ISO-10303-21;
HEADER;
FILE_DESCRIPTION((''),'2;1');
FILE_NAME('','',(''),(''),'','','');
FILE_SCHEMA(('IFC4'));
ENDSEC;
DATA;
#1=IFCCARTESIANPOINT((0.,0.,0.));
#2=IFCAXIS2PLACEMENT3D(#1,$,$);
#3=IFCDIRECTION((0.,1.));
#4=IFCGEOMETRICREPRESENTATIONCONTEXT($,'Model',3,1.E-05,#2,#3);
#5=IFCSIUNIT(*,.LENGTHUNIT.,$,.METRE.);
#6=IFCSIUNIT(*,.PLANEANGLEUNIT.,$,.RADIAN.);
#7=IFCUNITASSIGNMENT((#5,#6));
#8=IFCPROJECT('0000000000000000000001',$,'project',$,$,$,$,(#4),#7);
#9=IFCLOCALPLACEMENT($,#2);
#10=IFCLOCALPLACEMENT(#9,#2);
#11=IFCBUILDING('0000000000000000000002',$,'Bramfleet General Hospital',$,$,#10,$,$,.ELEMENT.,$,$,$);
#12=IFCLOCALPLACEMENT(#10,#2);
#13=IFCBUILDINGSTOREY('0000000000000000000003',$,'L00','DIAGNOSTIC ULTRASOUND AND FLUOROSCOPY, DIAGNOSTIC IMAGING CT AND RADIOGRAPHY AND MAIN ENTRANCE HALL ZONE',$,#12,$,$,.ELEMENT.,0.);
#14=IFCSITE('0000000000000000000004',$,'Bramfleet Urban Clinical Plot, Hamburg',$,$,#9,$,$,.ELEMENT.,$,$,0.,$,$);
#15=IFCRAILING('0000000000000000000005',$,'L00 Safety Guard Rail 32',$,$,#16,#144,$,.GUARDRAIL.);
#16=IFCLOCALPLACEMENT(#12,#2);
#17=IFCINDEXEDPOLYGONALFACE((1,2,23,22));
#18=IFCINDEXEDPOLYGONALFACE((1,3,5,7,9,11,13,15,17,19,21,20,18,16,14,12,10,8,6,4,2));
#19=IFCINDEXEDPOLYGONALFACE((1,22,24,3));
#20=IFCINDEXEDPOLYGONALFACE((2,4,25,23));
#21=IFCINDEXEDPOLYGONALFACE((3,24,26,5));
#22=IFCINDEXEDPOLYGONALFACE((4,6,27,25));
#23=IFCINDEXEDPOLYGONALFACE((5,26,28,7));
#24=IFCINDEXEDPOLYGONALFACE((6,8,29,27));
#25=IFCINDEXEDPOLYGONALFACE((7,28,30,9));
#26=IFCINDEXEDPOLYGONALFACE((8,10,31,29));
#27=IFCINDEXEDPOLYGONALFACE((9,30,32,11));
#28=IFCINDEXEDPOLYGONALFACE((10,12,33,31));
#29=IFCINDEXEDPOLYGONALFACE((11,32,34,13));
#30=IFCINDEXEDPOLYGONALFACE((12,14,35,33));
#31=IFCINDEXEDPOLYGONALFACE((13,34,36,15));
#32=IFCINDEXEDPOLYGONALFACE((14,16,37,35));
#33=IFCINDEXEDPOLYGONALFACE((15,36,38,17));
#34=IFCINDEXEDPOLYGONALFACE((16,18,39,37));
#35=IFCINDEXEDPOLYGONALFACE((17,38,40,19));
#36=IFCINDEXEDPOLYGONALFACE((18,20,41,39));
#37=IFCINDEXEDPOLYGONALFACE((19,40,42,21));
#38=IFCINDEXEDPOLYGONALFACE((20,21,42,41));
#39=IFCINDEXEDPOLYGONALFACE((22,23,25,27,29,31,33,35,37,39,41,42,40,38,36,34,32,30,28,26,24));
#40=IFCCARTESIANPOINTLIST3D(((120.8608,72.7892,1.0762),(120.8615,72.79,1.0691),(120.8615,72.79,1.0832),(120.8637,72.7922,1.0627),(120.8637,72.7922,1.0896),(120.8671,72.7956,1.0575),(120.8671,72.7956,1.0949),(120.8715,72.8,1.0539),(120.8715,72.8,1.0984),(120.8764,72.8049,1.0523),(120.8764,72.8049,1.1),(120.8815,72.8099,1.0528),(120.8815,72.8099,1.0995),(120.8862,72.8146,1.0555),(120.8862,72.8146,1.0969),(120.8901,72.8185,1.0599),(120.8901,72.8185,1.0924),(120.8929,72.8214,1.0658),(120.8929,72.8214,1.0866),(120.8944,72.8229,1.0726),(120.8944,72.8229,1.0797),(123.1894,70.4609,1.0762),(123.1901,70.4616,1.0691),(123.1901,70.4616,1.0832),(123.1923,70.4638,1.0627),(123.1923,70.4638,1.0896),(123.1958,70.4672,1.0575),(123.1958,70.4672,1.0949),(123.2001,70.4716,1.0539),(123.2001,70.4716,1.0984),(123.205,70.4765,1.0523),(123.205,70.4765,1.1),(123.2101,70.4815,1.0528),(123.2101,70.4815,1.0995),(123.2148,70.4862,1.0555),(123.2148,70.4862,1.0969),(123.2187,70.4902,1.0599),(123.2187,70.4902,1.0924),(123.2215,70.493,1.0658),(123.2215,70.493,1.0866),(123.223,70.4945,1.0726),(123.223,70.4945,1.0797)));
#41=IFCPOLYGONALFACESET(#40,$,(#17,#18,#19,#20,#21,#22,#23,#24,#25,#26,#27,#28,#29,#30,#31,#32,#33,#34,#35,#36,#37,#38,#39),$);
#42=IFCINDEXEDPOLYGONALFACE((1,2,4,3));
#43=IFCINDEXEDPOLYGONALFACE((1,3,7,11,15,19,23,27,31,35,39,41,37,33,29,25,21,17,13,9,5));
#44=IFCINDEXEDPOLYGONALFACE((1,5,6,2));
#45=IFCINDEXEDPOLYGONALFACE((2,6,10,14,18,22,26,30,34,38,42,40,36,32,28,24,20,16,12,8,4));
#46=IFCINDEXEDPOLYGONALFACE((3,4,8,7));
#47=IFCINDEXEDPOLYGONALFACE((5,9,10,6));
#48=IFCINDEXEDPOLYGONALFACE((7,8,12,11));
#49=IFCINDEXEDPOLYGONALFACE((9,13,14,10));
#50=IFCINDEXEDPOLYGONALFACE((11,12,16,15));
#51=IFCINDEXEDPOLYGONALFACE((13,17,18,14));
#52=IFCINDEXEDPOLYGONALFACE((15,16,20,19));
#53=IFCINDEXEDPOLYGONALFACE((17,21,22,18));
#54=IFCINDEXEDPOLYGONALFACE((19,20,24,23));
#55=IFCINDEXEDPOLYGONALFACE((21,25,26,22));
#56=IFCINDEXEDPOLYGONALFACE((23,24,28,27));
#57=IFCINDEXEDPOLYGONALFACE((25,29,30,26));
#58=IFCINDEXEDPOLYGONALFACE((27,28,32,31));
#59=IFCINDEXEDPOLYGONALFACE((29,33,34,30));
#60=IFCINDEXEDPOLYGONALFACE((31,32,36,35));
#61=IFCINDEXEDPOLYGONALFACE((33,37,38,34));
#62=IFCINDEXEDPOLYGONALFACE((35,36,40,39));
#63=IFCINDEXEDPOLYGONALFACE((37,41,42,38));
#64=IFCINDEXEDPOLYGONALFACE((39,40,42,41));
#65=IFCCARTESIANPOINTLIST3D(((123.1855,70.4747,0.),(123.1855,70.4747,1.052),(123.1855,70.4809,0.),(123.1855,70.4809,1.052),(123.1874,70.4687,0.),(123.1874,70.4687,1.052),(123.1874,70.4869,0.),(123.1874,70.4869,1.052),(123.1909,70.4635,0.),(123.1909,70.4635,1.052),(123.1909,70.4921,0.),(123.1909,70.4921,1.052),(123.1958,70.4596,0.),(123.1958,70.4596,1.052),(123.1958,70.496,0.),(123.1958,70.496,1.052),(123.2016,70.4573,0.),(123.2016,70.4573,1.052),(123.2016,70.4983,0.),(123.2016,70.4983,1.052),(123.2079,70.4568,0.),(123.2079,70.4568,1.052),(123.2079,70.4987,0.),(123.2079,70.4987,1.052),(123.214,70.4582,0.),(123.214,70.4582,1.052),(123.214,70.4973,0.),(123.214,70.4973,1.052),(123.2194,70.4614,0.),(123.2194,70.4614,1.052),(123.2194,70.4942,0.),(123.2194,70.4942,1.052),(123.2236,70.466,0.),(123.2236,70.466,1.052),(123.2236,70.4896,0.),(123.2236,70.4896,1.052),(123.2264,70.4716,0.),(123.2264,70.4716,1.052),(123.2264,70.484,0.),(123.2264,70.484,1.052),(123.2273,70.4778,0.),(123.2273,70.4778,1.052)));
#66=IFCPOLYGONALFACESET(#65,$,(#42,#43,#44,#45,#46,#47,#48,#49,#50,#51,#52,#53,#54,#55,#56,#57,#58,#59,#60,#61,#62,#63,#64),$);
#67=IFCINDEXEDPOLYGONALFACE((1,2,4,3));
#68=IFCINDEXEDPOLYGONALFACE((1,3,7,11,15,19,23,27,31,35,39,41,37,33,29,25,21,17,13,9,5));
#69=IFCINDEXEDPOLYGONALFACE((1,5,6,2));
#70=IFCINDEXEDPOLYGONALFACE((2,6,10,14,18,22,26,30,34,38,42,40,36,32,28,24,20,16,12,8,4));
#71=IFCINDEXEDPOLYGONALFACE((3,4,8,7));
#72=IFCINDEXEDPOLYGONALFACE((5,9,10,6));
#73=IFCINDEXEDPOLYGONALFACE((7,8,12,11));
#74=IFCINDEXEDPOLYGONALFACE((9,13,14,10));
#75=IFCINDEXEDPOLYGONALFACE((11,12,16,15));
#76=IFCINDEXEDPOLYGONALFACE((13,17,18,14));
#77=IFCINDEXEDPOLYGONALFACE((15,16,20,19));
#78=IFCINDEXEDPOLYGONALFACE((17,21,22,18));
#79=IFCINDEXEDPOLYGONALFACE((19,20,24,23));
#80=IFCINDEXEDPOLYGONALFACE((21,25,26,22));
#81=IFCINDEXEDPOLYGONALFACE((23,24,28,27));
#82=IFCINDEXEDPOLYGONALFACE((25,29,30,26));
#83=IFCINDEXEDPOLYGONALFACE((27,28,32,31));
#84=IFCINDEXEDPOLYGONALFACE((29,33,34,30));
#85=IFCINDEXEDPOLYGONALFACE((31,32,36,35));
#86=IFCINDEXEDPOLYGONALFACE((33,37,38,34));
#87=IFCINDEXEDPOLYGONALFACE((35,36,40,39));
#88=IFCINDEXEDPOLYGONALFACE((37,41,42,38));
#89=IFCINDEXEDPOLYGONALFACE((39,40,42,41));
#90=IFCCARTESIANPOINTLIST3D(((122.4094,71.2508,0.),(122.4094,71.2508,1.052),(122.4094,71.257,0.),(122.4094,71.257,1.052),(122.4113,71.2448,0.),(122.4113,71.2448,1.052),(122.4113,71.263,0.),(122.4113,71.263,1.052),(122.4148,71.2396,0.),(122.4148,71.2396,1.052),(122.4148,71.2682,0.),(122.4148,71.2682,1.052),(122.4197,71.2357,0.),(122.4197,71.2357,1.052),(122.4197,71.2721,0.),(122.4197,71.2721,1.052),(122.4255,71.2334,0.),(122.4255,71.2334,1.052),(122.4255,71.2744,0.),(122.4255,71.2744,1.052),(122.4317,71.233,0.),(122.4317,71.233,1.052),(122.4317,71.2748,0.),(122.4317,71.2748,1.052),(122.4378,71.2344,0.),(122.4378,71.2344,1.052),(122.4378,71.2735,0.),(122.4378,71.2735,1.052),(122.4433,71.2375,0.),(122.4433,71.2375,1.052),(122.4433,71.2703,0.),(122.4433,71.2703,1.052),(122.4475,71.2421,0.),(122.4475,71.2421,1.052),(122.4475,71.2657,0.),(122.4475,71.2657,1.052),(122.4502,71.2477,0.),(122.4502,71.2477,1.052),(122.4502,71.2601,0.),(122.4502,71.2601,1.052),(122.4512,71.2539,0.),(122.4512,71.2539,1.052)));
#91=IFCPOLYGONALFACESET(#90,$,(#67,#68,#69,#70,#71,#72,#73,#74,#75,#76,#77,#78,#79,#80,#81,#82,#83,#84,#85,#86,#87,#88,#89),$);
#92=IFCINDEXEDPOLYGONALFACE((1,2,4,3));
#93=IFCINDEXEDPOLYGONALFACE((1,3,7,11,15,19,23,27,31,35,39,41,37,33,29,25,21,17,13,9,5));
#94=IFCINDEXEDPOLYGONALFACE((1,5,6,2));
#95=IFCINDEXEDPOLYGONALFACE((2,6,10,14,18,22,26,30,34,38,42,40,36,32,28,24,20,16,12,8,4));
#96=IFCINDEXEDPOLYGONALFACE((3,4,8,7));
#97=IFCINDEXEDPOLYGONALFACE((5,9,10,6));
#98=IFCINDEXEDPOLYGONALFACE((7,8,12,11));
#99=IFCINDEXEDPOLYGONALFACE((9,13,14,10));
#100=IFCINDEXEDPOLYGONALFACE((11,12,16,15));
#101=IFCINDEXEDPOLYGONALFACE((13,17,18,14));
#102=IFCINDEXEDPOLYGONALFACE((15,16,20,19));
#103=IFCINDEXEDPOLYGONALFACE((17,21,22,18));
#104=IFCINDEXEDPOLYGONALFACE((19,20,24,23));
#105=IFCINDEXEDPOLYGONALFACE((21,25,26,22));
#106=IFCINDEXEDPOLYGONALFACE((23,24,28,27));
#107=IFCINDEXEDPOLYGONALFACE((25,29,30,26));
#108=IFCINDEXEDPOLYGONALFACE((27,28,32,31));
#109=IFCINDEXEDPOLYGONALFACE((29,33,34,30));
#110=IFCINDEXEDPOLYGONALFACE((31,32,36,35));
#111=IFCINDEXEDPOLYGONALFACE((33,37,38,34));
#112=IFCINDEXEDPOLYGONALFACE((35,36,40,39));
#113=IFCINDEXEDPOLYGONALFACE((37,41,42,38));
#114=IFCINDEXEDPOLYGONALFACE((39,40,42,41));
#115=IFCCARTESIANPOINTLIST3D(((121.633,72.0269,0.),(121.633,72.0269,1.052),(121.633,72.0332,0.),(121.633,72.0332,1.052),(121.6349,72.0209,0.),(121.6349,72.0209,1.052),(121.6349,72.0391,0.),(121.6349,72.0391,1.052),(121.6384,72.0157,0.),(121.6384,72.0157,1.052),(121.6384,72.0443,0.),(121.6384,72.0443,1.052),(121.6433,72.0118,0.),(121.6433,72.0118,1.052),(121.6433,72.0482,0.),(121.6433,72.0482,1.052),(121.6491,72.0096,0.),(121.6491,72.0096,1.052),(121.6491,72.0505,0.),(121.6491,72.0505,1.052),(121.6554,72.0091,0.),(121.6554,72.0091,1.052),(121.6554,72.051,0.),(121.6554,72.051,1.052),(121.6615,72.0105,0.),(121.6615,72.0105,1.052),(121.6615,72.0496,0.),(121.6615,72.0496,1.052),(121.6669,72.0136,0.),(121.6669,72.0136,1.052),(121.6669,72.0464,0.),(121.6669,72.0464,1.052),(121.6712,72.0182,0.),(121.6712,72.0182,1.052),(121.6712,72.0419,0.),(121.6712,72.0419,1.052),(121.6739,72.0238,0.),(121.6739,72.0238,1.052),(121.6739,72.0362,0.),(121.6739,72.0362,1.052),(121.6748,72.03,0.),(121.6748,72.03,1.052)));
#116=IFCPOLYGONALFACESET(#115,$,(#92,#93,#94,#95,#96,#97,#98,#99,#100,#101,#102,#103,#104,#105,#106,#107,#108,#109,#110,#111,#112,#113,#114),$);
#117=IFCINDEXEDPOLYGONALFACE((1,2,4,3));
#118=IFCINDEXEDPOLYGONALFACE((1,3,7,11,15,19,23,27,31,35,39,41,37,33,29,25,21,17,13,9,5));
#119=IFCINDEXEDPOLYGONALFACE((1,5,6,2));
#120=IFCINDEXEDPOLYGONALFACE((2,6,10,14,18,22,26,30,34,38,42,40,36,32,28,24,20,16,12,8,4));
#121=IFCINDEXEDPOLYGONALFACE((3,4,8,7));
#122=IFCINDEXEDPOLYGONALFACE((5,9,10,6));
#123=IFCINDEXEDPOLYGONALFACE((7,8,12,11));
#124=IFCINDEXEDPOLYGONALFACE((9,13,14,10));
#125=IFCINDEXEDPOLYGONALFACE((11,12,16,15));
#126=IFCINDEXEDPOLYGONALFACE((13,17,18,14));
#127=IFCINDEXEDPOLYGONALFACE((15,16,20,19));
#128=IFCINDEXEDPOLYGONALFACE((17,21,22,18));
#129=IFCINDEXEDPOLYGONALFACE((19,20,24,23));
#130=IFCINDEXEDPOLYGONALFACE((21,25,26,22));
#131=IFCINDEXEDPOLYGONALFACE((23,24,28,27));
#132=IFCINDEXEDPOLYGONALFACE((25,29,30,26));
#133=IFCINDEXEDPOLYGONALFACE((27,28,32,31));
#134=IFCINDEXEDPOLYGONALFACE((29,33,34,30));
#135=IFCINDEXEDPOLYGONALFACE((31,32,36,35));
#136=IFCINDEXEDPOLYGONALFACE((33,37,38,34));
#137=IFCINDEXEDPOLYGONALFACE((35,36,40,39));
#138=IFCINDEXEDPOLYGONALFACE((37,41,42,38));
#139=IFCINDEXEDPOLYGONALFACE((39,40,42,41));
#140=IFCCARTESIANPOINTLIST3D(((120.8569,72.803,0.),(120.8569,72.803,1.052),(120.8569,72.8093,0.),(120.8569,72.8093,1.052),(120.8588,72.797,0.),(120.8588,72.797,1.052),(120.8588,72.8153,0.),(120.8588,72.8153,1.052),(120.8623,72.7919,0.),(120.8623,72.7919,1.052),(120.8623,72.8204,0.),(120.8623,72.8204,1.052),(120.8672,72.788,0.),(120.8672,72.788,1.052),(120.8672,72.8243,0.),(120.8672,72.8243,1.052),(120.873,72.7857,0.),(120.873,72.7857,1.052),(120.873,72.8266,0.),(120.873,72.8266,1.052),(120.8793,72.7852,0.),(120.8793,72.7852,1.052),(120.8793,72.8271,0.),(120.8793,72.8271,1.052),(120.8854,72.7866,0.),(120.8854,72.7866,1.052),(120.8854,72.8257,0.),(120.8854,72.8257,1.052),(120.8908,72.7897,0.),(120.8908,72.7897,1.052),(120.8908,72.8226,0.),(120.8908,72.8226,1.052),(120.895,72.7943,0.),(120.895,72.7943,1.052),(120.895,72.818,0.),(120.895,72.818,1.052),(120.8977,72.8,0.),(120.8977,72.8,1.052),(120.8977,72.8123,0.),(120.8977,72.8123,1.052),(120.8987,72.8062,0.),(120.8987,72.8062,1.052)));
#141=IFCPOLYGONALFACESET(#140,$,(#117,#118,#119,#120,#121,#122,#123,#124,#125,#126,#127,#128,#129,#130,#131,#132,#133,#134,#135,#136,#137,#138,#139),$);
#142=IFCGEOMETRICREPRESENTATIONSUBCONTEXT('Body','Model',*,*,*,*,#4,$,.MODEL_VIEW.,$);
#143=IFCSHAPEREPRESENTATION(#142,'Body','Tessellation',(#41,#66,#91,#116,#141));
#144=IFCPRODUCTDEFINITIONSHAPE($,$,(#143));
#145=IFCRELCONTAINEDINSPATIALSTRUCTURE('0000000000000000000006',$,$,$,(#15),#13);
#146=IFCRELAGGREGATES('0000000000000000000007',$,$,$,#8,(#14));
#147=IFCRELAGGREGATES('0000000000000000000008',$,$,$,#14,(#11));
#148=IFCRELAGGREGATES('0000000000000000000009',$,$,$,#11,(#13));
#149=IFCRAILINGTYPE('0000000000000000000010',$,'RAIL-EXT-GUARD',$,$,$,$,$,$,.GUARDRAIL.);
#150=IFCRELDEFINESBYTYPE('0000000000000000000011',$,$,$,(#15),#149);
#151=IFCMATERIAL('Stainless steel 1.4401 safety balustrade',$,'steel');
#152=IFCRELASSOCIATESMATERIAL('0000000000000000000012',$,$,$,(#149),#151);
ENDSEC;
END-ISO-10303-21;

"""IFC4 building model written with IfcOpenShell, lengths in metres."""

from ifc_helpers import new_model, si_unit, direction, frame, origin, origin_2d, place, context, subcontext, project, spatial, circle, extrude, material, type_object, element, save


model = new_model("IFC4")

# Units and contexts
model_context = context("Model", 3, precision=1e-05, world=origin(), true_north=direction((0.0, 1.0)))
body_context = subcontext(model_context, "Body", "Model", "MODEL_VIEW")
ifc_project = project(units=[si_unit("LENGTHUNIT", "METRE"), si_unit("PLANEANGLEUNIT", "RADIAN")], contexts=[model_context])

# Site, building, storey
site_placement = place(None, origin())
site = spatial("IfcSite", under=ifc_project, at=site_placement, Name="Bramfleet Urban Clinical Plot, Hamburg", CompositionType="ELEMENT", RefElevation=0.0)
building_placement = place(site_placement, origin())
building = spatial("IfcBuilding", under=site, at=building_placement, Name="Bramfleet General Hospital", CompositionType="ELEMENT")
storey_placement = place(building_placement, origin())
storey = spatial("IfcBuildingStorey", under=building, at=storey_placement, Name="L00", Description="DIAGNOSTIC ULTRASOUND AND FLUOROSCOPY, DIAGNOSTIC IMAGING CT AND RADIOGRAPHY AND MAIN ENTRANCE HALL ZONE", CompositionType="ELEMENT", Elevation=0.0)

# Railing
ifc_material_1 = material(Name="Stainless steel 1.4401 safety balustrade", Category="steel")
railing_type = type_object("IfcRailingType", Name="RAIL-EXT-GUARD", PredefinedType="GUARDRAIL", material=ifc_material_1)
railing_1_placement = place(storey_placement, frame((123.2063, 70.4778, 0.0)))
element("IfcRailing", 1, at=railing_1_placement, inside=storey, type_object=railing_type, Name="L00 Safety Guard Rail 32", PredefinedType="GUARDRAIL", context=body_context, shape_type="SweptSolid", body=[
    extrude(circle(Radius=0.0239, at=origin_2d()), frame((0.0, 0.0, 1.0762), z_axis=(-0.707144, 0.70707, 0.0), x_axis=(-0.70707, -0.707144, 0.0)), (0.0, 0.0, 1.0), 3.293),
    extrude(circle(Radius=0.021, at=origin_2d()), origin(), (0.0, 0.0, 1.0), 1.052),
    extrude(circle(Radius=0.021, at=origin_2d()), frame((-0.7761, 0.7761, 0.0)), (0.0, 0.0, 1.0), 1.052),
    extrude(circle(Radius=0.021, at=origin_2d()), frame((-1.5525, 1.5522, 0.0)), (0.0, 0.0, 1.0), 1.052),
    extrude(circle(Radius=0.021, at=origin_2d()), frame((-2.3286, 2.3284, 0.0)), (0.0, 0.0, 1.0), 1.052),
])

save(model, "model.ifc")
